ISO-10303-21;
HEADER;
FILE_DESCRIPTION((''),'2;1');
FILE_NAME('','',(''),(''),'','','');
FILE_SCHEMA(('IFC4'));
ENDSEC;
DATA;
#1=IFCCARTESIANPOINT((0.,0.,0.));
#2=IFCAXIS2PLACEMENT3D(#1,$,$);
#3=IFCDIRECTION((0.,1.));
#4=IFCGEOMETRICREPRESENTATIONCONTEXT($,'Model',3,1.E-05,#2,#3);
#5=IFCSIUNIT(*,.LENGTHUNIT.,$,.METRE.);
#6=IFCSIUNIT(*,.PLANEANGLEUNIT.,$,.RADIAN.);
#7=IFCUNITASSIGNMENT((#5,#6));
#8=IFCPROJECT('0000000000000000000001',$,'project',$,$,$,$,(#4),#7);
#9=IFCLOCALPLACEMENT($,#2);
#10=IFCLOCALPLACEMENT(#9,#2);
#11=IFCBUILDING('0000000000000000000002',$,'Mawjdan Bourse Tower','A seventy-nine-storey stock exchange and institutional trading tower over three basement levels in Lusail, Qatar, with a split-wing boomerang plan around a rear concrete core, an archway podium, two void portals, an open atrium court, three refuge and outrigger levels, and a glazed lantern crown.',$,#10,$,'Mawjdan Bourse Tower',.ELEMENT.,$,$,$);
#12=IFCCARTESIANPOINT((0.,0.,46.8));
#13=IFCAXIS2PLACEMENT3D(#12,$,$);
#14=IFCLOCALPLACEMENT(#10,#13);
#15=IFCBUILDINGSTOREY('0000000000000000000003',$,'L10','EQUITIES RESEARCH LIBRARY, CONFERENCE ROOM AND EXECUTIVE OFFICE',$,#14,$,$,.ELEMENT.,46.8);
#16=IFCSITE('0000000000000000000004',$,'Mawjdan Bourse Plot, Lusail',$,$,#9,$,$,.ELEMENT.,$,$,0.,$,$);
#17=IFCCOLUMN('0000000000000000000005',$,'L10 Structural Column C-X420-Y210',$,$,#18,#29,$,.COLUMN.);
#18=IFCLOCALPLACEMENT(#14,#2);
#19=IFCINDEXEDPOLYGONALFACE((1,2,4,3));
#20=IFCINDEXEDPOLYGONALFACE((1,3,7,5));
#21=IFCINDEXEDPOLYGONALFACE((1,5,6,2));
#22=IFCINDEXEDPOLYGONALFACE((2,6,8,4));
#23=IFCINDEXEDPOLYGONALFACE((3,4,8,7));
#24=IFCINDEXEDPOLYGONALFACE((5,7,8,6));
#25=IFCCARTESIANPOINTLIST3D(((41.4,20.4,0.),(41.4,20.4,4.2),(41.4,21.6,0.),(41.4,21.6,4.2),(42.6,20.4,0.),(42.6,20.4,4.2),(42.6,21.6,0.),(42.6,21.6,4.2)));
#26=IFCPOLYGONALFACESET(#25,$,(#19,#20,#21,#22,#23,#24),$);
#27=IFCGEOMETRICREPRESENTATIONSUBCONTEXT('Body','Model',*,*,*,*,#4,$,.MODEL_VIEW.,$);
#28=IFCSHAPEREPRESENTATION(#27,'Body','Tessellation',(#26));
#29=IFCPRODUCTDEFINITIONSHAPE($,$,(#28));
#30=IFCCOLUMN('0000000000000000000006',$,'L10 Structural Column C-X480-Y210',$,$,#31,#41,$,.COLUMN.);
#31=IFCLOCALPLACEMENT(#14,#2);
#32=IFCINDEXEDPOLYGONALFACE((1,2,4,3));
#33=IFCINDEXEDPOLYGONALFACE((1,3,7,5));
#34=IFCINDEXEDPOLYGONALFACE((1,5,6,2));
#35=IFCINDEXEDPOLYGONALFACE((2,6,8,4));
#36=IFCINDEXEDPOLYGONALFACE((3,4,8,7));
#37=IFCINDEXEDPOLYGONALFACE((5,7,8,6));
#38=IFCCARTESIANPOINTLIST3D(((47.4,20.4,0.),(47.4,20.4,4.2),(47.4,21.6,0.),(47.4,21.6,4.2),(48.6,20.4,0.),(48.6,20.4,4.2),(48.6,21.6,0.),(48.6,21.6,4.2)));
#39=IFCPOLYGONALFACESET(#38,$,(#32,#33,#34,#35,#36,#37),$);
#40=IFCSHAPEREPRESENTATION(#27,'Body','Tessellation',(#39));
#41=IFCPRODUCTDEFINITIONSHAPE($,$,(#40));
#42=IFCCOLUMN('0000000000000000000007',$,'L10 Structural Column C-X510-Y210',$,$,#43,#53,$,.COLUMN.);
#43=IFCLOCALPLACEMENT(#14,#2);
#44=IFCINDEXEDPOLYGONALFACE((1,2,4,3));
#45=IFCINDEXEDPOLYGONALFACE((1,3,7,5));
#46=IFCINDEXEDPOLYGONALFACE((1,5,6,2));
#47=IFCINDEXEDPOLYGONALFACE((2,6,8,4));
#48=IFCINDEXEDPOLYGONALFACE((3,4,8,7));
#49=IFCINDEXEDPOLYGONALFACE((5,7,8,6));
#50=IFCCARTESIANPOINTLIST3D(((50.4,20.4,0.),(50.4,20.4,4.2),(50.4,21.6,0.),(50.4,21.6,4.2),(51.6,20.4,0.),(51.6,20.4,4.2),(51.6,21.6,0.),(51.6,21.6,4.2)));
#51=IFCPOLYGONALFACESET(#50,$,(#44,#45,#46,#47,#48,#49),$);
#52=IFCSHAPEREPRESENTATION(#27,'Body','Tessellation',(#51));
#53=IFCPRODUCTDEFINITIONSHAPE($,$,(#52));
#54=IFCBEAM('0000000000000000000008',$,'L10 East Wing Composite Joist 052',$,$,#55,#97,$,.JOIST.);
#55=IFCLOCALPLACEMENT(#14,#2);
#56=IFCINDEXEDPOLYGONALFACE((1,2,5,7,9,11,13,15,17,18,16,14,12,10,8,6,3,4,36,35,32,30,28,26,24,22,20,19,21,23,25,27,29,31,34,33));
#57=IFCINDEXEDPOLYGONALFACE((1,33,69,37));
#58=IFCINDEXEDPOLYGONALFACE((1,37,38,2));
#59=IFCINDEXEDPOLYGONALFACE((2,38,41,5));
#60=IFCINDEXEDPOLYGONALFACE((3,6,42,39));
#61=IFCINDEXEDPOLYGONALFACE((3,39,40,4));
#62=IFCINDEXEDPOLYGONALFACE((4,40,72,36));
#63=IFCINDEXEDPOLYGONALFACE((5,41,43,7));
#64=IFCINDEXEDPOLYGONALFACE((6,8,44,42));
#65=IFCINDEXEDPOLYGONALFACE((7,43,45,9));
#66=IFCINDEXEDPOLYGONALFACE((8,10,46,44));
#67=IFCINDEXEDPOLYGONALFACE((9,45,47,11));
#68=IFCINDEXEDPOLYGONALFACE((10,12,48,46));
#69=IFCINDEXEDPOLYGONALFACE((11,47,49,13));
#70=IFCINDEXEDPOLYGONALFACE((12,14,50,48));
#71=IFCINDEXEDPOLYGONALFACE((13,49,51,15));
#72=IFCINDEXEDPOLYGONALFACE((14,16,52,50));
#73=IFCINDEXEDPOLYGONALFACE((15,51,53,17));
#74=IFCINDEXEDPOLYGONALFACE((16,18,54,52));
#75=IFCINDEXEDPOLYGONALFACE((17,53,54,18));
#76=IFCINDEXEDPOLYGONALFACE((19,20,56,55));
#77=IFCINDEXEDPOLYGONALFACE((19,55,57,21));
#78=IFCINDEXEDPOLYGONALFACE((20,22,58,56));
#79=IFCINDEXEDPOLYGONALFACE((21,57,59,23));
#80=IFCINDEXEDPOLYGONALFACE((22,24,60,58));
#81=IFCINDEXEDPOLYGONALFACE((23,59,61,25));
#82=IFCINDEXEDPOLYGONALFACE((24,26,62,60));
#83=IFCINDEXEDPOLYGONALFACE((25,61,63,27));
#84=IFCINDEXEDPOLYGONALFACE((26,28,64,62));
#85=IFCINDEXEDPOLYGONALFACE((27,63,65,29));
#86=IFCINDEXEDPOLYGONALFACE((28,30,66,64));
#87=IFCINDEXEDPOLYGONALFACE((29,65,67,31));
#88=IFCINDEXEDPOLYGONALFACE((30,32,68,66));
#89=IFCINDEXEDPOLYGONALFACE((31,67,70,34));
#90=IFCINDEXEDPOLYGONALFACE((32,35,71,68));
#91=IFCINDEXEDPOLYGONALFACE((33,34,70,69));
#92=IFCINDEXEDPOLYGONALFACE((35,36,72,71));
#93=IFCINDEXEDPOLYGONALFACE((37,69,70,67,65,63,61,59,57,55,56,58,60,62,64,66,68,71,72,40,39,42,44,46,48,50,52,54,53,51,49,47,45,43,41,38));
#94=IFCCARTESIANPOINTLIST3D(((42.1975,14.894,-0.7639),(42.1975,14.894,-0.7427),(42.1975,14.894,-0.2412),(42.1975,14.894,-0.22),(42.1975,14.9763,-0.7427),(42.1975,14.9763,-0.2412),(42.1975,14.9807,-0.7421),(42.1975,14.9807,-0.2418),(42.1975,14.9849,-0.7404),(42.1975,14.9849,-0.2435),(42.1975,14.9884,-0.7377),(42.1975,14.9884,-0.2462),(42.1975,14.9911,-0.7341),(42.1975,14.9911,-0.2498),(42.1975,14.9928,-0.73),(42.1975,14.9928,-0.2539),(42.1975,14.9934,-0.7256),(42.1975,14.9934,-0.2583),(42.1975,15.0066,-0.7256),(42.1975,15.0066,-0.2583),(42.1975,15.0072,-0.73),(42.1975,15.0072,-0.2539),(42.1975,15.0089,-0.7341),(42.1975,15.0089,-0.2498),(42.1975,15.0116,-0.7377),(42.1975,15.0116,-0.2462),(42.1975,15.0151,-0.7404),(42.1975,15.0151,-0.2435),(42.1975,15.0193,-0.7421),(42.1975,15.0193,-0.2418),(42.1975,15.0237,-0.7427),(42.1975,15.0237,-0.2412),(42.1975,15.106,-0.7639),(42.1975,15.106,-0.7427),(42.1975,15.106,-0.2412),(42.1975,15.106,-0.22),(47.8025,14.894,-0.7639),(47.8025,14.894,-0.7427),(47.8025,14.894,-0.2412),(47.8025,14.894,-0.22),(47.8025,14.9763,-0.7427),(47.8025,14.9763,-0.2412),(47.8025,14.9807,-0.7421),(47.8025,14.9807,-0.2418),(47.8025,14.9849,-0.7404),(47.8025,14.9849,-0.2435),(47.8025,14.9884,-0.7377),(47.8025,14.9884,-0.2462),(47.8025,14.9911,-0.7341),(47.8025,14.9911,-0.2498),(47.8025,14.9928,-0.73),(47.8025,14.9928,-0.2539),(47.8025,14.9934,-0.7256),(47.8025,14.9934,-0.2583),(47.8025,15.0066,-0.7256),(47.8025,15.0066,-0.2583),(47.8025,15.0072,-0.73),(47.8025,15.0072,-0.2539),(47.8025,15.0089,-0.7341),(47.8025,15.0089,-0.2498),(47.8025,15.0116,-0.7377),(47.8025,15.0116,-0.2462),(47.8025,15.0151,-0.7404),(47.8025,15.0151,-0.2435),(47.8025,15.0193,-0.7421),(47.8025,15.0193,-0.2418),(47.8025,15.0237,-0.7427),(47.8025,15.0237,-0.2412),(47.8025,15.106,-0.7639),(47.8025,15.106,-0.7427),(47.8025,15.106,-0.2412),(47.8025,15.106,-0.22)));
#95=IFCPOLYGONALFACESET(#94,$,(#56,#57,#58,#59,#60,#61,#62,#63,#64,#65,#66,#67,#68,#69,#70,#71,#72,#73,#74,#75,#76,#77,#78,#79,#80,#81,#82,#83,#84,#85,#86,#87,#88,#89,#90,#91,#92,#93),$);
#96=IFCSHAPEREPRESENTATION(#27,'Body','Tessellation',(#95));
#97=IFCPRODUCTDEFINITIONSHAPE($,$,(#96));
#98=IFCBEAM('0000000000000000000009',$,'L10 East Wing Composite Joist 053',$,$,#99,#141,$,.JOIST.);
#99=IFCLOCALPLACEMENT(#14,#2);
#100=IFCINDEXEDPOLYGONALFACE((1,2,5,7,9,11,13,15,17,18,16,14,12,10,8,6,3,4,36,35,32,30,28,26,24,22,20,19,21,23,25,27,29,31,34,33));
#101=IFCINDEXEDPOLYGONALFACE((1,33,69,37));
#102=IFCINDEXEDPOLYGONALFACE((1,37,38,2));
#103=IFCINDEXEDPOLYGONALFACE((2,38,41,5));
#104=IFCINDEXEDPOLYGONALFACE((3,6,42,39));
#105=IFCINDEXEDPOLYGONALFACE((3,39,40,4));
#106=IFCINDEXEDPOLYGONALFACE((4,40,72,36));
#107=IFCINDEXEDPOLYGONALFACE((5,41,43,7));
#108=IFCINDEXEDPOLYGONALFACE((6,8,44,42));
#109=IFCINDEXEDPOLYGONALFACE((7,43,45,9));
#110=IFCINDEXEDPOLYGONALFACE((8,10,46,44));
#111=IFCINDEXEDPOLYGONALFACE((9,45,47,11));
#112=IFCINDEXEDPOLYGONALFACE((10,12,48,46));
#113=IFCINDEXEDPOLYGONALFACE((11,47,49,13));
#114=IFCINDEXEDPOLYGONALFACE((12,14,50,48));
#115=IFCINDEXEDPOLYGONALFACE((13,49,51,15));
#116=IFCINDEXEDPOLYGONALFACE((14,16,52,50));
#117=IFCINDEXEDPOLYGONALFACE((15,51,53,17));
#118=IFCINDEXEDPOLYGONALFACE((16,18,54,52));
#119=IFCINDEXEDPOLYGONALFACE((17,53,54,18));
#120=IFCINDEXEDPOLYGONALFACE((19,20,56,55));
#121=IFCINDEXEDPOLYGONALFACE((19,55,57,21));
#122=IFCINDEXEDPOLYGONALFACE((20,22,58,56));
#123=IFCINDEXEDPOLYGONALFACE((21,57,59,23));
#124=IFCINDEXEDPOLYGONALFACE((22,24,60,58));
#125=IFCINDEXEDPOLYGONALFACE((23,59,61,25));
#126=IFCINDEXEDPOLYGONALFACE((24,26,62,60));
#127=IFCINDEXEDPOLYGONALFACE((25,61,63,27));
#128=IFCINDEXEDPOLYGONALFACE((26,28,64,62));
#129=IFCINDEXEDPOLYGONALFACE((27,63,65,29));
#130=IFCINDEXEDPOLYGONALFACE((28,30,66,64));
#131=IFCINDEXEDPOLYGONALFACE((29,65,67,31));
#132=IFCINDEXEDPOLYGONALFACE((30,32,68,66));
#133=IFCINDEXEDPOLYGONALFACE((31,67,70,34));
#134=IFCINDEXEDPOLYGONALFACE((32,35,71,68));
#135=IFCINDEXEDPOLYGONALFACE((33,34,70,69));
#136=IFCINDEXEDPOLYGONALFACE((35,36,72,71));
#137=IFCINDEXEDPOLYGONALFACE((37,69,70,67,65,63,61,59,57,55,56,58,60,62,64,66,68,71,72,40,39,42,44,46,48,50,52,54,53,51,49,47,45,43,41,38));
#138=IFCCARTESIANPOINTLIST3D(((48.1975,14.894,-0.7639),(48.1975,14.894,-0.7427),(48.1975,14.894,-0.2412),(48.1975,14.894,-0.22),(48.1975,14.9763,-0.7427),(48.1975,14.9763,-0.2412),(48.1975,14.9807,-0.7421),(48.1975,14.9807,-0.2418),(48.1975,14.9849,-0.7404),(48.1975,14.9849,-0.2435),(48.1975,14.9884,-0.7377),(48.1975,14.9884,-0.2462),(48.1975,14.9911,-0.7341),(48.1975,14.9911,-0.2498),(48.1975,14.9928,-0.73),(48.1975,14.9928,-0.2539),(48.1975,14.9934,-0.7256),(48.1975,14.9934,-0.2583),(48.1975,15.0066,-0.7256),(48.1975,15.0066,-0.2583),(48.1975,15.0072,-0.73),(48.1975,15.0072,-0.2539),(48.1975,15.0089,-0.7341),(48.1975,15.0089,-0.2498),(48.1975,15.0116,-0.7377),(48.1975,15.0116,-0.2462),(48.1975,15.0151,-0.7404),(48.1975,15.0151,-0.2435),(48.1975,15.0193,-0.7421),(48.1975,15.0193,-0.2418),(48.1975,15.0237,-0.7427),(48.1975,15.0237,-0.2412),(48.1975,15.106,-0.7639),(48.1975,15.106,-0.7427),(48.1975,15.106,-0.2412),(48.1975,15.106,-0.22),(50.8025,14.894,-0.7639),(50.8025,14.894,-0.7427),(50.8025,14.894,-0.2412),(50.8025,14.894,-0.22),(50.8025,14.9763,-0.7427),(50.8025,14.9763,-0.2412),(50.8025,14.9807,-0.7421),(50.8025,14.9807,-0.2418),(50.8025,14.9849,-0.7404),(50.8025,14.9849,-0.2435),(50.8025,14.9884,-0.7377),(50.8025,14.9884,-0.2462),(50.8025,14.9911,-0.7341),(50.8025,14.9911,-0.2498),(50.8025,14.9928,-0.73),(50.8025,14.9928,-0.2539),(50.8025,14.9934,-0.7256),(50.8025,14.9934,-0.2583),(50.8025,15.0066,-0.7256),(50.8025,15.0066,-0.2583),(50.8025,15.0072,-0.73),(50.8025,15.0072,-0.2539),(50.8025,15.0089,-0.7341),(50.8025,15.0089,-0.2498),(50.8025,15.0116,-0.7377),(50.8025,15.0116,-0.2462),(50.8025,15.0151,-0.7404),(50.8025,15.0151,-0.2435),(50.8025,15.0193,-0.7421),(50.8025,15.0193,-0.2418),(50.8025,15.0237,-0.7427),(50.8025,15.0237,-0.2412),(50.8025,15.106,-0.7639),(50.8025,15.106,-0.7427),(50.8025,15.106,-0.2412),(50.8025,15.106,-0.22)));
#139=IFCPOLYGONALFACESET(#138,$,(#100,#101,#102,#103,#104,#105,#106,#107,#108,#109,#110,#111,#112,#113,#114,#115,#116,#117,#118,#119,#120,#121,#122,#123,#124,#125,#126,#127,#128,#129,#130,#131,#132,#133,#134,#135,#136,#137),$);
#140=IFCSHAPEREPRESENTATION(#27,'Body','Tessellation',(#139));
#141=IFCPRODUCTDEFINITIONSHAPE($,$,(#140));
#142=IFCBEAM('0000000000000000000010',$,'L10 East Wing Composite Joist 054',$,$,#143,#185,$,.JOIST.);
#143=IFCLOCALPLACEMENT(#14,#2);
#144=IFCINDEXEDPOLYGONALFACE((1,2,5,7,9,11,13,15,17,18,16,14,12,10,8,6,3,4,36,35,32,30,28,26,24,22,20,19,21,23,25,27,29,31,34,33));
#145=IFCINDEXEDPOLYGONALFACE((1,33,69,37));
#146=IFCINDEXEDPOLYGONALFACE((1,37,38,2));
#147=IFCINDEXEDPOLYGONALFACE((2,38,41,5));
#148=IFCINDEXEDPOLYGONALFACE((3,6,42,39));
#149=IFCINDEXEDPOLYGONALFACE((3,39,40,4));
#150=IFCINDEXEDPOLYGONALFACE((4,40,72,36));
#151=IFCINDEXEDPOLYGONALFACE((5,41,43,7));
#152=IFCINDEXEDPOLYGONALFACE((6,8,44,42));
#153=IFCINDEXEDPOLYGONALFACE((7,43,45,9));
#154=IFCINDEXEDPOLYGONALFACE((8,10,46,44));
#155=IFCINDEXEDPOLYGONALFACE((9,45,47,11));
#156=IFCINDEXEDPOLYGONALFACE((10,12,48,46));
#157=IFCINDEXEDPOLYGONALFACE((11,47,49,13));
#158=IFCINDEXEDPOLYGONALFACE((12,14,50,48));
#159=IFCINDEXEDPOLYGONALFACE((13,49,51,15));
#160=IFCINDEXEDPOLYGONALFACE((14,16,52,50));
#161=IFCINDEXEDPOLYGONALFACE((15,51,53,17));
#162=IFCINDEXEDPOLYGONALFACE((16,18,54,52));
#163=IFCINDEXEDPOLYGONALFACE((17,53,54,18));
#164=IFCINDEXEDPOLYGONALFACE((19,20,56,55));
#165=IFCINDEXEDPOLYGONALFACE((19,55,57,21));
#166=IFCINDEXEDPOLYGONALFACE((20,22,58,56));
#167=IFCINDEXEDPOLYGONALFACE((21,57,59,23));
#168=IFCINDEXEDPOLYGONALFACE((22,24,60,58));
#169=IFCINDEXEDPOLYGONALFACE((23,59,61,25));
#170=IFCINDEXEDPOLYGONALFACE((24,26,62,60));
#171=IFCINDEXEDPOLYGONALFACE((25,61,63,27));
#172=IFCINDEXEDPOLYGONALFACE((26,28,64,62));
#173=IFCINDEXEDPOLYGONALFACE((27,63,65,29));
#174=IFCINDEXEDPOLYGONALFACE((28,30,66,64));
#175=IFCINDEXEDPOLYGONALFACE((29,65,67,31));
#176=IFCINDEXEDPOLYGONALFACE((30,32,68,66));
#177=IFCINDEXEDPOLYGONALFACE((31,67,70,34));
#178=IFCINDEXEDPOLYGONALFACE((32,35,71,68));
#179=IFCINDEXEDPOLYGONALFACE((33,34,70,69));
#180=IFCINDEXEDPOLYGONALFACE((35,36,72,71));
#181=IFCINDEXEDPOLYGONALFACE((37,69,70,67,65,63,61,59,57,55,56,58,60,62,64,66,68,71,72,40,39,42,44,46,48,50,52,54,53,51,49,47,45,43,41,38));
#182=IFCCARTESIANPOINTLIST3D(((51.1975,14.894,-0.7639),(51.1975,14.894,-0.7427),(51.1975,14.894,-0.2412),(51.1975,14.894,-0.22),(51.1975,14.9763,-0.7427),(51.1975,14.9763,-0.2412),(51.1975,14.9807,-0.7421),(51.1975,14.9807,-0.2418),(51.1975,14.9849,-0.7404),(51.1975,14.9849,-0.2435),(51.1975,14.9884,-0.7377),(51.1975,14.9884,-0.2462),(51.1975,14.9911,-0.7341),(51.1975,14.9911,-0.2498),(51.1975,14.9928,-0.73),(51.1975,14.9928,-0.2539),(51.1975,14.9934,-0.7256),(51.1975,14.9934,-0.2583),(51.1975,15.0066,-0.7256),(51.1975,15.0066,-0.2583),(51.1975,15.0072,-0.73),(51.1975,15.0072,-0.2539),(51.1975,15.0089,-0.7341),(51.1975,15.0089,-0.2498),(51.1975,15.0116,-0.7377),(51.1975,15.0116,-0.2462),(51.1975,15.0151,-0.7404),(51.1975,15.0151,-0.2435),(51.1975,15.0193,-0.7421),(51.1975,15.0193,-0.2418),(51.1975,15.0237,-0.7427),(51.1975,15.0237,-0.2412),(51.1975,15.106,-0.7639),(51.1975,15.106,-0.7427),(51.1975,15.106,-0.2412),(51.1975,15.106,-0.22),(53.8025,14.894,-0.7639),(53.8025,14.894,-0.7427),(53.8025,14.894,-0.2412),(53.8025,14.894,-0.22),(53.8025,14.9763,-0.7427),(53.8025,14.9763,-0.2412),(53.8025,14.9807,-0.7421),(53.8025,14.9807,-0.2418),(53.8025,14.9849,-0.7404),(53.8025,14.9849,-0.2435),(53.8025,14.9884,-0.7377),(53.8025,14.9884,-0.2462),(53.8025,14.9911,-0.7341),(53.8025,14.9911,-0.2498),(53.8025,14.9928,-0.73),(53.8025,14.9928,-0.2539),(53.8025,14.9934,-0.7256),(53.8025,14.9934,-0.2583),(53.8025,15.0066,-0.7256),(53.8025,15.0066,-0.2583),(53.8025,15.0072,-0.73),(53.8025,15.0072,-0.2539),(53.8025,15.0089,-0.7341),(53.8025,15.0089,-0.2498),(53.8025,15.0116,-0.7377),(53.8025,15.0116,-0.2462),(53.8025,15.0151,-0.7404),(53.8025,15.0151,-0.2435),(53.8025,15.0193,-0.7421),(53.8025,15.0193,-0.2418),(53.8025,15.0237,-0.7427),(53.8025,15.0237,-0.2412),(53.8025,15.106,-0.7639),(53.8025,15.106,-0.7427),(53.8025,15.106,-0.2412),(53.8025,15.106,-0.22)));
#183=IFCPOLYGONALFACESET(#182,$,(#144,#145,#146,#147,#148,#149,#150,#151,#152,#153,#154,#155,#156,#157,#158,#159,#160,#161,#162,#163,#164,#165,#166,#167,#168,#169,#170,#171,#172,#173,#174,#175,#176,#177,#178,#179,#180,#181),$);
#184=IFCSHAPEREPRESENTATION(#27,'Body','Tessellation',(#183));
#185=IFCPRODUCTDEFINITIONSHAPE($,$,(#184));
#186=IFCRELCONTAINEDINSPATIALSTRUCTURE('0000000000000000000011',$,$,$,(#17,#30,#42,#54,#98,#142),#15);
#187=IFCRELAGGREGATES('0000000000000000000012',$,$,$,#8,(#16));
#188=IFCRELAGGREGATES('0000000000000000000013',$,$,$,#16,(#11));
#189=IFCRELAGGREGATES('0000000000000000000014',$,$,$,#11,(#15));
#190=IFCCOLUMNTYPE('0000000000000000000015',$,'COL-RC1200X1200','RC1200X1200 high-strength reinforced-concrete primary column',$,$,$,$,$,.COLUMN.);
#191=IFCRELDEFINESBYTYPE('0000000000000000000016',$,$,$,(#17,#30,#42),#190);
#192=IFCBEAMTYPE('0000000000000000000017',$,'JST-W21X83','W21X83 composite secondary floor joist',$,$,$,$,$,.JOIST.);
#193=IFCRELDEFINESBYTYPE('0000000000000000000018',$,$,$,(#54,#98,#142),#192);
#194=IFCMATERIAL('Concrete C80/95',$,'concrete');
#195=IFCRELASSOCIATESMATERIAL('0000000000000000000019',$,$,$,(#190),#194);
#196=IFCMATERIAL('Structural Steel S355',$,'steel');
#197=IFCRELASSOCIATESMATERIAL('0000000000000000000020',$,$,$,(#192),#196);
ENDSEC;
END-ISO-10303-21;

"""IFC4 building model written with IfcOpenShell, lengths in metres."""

from ifc_helpers import new_model, si_unit, direction, frame, origin, origin_2d, place, context, subcontext, project, spatial, rectangle, i_section, extrude, material, material_profile, profile_set, type_object, element, save


model = new_model("IFC4")

# Units and contexts
model_context = context("Model", 3, precision=1e-05, world=origin(), true_north=direction((0.0, 1.0)))
body_context = subcontext(model_context, "Body", "Model", "MODEL_VIEW")
ifc_project = project(units=[si_unit("LENGTHUNIT", "METRE"), si_unit("PLANEANGLEUNIT", "RADIAN")], contexts=[model_context])

# Site, building, storey
site_placement = place(None, origin())
site = spatial("IfcSite", under=ifc_project, at=site_placement, Name="Mawjdan Bourse Plot, Lusail", CompositionType="ELEMENT", RefElevation=0.0)
building_placement = place(site_placement, origin())
building = spatial("IfcBuilding", under=site, at=building_placement, Name="Mawjdan Bourse Tower", Description="A seventy-nine-storey stock exchange and institutional trading tower over three basement levels in Lusail, Qatar, with a split-wing boomerang plan around a rear concrete core, an archway podium, two void portals, an open atrium court, three refuge and outrigger levels, and a glazed lantern crown.", LongName="Mawjdan Bourse Tower", CompositionType="ELEMENT")
storey_placement = place(building_placement, frame((0.0, 0.0, 46.8)))
storey = spatial("IfcBuildingStorey", under=building, at=storey_placement, Name="L10", Description="EQUITIES RESEARCH LIBRARY, CONFERENCE ROOM AND EXECUTIVE OFFICE", CompositionType="ELEMENT", Elevation=46.8)

# Columns
ifc_material_1 = material(Name="Concrete C80/95", Category="concrete")
ifc_material_profile_1 = material_profile(ifc_material_1, rectangle(XDim=1.2, YDim=1.2, at=origin_2d()), Name="RC1200X1200")
ifc_profile_set_1 = profile_set([ifc_material_profile_1], Name="Concrete C80/95")
column_type = type_object("IfcColumnType", Name="COL-RC1200X1200", Description="RC1200X1200 high-strength reinforced-concrete primary column", PredefinedType="COLUMN", material=ifc_profile_set_1)
for number, where, z_axis, x_axis, name in (
    (1, (42.0, 21.0, 0.0), (0.0, 0.0, 1.0), (1.0, 0.0, 0.0), "L10 Structural Column C-X420-Y210"),
    (2, (48.0, 21.0, 0.0), (0.0, 0.0, 1.0), (1.0, 0.0, 0.0), "L10 Structural Column C-X480-Y210"),
    (3, (51.0, 21.0, 0.0), (0.0, 0.0, 1.0), (1.0, 0.0, 0.0), "L10 Structural Column C-X510-Y210"),
):
    element("IfcColumn", number, at=place(storey_placement, frame(where, z_axis=z_axis, x_axis=x_axis)), inside=storey, type_object=column_type, Name=name, PredefinedType="COLUMN", context=body_context, shape_type="SweptSolid", body=[
        extrude(rectangle(XDim=1.2, YDim=1.2, at=origin_2d()), origin(), (0.0, 0.0, 1.0), 4.2),
    ])

# Beams
ifc_material_2 = material(Name="Structural Steel S355", Category="steel")
ifc_material_profile_2 = material_profile(ifc_material_2, i_section(OverallWidth=0.2119, OverallDepth=0.5439, WebThickness=0.0132, FlangeThickness=0.0212, FilletRadius=0.0171, at=origin_2d()), Name="W21X83")
ifc_profile_set_2 = profile_set([ifc_material_profile_2], Name="Structural Steel S355")
beam_type_1 = type_object("IfcBeamType", Name="JST-W21X83", Description="W21X83 composite secondary floor joist", PredefinedType="JOIST", material=ifc_profile_set_2)
beam_1_placement = place(storey_placement, frame((42.1975, 15.0, -0.4919), z_axis=(1.0, 0.0, 0.0), x_axis=(0.0, 1.0, 0.0)))
element("IfcBeam", 4, at=beam_1_placement, inside=storey, type_object=beam_type_1, Name="L10 East Wing Composite Joist 052", PredefinedType="JOIST", context=body_context, shape_type="SweptSolid", body=[
    extrude(i_section(OverallWidth=0.2119, OverallDepth=0.5439, WebThickness=0.0132, FlangeThickness=0.0212, FilletRadius=0.0171, at=origin_2d()), origin(), (0.0, 0.0, 1.0), 5.605),
])
for number, where, z_axis, x_axis, name in (
    (5, (48.1975, 15.0, -0.4919), (1.0, 0.0, 0.0), (0.0, 1.0, 0.0), "L10 East Wing Composite Joist 053"),
    (6, (51.1975, 15.0, -0.4919), (1.0, 0.0, 0.0), (0.0, 1.0, 0.0), "L10 East Wing Composite Joist 054"),
):
    element("IfcBeam", number, at=place(storey_placement, frame(where, z_axis=z_axis, x_axis=x_axis)), inside=storey, type_object=beam_type_1, Name=name, PredefinedType="JOIST", context=body_context, shape_type="SweptSolid", body=[
        extrude(i_section(OverallWidth=0.2119, OverallDepth=0.5439, WebThickness=0.0132, FlangeThickness=0.0212, FilletRadius=0.0171, at=origin_2d()), origin(), (0.0, 0.0, 1.0), 2.605),
    ])

save(model, "model.ifc")
